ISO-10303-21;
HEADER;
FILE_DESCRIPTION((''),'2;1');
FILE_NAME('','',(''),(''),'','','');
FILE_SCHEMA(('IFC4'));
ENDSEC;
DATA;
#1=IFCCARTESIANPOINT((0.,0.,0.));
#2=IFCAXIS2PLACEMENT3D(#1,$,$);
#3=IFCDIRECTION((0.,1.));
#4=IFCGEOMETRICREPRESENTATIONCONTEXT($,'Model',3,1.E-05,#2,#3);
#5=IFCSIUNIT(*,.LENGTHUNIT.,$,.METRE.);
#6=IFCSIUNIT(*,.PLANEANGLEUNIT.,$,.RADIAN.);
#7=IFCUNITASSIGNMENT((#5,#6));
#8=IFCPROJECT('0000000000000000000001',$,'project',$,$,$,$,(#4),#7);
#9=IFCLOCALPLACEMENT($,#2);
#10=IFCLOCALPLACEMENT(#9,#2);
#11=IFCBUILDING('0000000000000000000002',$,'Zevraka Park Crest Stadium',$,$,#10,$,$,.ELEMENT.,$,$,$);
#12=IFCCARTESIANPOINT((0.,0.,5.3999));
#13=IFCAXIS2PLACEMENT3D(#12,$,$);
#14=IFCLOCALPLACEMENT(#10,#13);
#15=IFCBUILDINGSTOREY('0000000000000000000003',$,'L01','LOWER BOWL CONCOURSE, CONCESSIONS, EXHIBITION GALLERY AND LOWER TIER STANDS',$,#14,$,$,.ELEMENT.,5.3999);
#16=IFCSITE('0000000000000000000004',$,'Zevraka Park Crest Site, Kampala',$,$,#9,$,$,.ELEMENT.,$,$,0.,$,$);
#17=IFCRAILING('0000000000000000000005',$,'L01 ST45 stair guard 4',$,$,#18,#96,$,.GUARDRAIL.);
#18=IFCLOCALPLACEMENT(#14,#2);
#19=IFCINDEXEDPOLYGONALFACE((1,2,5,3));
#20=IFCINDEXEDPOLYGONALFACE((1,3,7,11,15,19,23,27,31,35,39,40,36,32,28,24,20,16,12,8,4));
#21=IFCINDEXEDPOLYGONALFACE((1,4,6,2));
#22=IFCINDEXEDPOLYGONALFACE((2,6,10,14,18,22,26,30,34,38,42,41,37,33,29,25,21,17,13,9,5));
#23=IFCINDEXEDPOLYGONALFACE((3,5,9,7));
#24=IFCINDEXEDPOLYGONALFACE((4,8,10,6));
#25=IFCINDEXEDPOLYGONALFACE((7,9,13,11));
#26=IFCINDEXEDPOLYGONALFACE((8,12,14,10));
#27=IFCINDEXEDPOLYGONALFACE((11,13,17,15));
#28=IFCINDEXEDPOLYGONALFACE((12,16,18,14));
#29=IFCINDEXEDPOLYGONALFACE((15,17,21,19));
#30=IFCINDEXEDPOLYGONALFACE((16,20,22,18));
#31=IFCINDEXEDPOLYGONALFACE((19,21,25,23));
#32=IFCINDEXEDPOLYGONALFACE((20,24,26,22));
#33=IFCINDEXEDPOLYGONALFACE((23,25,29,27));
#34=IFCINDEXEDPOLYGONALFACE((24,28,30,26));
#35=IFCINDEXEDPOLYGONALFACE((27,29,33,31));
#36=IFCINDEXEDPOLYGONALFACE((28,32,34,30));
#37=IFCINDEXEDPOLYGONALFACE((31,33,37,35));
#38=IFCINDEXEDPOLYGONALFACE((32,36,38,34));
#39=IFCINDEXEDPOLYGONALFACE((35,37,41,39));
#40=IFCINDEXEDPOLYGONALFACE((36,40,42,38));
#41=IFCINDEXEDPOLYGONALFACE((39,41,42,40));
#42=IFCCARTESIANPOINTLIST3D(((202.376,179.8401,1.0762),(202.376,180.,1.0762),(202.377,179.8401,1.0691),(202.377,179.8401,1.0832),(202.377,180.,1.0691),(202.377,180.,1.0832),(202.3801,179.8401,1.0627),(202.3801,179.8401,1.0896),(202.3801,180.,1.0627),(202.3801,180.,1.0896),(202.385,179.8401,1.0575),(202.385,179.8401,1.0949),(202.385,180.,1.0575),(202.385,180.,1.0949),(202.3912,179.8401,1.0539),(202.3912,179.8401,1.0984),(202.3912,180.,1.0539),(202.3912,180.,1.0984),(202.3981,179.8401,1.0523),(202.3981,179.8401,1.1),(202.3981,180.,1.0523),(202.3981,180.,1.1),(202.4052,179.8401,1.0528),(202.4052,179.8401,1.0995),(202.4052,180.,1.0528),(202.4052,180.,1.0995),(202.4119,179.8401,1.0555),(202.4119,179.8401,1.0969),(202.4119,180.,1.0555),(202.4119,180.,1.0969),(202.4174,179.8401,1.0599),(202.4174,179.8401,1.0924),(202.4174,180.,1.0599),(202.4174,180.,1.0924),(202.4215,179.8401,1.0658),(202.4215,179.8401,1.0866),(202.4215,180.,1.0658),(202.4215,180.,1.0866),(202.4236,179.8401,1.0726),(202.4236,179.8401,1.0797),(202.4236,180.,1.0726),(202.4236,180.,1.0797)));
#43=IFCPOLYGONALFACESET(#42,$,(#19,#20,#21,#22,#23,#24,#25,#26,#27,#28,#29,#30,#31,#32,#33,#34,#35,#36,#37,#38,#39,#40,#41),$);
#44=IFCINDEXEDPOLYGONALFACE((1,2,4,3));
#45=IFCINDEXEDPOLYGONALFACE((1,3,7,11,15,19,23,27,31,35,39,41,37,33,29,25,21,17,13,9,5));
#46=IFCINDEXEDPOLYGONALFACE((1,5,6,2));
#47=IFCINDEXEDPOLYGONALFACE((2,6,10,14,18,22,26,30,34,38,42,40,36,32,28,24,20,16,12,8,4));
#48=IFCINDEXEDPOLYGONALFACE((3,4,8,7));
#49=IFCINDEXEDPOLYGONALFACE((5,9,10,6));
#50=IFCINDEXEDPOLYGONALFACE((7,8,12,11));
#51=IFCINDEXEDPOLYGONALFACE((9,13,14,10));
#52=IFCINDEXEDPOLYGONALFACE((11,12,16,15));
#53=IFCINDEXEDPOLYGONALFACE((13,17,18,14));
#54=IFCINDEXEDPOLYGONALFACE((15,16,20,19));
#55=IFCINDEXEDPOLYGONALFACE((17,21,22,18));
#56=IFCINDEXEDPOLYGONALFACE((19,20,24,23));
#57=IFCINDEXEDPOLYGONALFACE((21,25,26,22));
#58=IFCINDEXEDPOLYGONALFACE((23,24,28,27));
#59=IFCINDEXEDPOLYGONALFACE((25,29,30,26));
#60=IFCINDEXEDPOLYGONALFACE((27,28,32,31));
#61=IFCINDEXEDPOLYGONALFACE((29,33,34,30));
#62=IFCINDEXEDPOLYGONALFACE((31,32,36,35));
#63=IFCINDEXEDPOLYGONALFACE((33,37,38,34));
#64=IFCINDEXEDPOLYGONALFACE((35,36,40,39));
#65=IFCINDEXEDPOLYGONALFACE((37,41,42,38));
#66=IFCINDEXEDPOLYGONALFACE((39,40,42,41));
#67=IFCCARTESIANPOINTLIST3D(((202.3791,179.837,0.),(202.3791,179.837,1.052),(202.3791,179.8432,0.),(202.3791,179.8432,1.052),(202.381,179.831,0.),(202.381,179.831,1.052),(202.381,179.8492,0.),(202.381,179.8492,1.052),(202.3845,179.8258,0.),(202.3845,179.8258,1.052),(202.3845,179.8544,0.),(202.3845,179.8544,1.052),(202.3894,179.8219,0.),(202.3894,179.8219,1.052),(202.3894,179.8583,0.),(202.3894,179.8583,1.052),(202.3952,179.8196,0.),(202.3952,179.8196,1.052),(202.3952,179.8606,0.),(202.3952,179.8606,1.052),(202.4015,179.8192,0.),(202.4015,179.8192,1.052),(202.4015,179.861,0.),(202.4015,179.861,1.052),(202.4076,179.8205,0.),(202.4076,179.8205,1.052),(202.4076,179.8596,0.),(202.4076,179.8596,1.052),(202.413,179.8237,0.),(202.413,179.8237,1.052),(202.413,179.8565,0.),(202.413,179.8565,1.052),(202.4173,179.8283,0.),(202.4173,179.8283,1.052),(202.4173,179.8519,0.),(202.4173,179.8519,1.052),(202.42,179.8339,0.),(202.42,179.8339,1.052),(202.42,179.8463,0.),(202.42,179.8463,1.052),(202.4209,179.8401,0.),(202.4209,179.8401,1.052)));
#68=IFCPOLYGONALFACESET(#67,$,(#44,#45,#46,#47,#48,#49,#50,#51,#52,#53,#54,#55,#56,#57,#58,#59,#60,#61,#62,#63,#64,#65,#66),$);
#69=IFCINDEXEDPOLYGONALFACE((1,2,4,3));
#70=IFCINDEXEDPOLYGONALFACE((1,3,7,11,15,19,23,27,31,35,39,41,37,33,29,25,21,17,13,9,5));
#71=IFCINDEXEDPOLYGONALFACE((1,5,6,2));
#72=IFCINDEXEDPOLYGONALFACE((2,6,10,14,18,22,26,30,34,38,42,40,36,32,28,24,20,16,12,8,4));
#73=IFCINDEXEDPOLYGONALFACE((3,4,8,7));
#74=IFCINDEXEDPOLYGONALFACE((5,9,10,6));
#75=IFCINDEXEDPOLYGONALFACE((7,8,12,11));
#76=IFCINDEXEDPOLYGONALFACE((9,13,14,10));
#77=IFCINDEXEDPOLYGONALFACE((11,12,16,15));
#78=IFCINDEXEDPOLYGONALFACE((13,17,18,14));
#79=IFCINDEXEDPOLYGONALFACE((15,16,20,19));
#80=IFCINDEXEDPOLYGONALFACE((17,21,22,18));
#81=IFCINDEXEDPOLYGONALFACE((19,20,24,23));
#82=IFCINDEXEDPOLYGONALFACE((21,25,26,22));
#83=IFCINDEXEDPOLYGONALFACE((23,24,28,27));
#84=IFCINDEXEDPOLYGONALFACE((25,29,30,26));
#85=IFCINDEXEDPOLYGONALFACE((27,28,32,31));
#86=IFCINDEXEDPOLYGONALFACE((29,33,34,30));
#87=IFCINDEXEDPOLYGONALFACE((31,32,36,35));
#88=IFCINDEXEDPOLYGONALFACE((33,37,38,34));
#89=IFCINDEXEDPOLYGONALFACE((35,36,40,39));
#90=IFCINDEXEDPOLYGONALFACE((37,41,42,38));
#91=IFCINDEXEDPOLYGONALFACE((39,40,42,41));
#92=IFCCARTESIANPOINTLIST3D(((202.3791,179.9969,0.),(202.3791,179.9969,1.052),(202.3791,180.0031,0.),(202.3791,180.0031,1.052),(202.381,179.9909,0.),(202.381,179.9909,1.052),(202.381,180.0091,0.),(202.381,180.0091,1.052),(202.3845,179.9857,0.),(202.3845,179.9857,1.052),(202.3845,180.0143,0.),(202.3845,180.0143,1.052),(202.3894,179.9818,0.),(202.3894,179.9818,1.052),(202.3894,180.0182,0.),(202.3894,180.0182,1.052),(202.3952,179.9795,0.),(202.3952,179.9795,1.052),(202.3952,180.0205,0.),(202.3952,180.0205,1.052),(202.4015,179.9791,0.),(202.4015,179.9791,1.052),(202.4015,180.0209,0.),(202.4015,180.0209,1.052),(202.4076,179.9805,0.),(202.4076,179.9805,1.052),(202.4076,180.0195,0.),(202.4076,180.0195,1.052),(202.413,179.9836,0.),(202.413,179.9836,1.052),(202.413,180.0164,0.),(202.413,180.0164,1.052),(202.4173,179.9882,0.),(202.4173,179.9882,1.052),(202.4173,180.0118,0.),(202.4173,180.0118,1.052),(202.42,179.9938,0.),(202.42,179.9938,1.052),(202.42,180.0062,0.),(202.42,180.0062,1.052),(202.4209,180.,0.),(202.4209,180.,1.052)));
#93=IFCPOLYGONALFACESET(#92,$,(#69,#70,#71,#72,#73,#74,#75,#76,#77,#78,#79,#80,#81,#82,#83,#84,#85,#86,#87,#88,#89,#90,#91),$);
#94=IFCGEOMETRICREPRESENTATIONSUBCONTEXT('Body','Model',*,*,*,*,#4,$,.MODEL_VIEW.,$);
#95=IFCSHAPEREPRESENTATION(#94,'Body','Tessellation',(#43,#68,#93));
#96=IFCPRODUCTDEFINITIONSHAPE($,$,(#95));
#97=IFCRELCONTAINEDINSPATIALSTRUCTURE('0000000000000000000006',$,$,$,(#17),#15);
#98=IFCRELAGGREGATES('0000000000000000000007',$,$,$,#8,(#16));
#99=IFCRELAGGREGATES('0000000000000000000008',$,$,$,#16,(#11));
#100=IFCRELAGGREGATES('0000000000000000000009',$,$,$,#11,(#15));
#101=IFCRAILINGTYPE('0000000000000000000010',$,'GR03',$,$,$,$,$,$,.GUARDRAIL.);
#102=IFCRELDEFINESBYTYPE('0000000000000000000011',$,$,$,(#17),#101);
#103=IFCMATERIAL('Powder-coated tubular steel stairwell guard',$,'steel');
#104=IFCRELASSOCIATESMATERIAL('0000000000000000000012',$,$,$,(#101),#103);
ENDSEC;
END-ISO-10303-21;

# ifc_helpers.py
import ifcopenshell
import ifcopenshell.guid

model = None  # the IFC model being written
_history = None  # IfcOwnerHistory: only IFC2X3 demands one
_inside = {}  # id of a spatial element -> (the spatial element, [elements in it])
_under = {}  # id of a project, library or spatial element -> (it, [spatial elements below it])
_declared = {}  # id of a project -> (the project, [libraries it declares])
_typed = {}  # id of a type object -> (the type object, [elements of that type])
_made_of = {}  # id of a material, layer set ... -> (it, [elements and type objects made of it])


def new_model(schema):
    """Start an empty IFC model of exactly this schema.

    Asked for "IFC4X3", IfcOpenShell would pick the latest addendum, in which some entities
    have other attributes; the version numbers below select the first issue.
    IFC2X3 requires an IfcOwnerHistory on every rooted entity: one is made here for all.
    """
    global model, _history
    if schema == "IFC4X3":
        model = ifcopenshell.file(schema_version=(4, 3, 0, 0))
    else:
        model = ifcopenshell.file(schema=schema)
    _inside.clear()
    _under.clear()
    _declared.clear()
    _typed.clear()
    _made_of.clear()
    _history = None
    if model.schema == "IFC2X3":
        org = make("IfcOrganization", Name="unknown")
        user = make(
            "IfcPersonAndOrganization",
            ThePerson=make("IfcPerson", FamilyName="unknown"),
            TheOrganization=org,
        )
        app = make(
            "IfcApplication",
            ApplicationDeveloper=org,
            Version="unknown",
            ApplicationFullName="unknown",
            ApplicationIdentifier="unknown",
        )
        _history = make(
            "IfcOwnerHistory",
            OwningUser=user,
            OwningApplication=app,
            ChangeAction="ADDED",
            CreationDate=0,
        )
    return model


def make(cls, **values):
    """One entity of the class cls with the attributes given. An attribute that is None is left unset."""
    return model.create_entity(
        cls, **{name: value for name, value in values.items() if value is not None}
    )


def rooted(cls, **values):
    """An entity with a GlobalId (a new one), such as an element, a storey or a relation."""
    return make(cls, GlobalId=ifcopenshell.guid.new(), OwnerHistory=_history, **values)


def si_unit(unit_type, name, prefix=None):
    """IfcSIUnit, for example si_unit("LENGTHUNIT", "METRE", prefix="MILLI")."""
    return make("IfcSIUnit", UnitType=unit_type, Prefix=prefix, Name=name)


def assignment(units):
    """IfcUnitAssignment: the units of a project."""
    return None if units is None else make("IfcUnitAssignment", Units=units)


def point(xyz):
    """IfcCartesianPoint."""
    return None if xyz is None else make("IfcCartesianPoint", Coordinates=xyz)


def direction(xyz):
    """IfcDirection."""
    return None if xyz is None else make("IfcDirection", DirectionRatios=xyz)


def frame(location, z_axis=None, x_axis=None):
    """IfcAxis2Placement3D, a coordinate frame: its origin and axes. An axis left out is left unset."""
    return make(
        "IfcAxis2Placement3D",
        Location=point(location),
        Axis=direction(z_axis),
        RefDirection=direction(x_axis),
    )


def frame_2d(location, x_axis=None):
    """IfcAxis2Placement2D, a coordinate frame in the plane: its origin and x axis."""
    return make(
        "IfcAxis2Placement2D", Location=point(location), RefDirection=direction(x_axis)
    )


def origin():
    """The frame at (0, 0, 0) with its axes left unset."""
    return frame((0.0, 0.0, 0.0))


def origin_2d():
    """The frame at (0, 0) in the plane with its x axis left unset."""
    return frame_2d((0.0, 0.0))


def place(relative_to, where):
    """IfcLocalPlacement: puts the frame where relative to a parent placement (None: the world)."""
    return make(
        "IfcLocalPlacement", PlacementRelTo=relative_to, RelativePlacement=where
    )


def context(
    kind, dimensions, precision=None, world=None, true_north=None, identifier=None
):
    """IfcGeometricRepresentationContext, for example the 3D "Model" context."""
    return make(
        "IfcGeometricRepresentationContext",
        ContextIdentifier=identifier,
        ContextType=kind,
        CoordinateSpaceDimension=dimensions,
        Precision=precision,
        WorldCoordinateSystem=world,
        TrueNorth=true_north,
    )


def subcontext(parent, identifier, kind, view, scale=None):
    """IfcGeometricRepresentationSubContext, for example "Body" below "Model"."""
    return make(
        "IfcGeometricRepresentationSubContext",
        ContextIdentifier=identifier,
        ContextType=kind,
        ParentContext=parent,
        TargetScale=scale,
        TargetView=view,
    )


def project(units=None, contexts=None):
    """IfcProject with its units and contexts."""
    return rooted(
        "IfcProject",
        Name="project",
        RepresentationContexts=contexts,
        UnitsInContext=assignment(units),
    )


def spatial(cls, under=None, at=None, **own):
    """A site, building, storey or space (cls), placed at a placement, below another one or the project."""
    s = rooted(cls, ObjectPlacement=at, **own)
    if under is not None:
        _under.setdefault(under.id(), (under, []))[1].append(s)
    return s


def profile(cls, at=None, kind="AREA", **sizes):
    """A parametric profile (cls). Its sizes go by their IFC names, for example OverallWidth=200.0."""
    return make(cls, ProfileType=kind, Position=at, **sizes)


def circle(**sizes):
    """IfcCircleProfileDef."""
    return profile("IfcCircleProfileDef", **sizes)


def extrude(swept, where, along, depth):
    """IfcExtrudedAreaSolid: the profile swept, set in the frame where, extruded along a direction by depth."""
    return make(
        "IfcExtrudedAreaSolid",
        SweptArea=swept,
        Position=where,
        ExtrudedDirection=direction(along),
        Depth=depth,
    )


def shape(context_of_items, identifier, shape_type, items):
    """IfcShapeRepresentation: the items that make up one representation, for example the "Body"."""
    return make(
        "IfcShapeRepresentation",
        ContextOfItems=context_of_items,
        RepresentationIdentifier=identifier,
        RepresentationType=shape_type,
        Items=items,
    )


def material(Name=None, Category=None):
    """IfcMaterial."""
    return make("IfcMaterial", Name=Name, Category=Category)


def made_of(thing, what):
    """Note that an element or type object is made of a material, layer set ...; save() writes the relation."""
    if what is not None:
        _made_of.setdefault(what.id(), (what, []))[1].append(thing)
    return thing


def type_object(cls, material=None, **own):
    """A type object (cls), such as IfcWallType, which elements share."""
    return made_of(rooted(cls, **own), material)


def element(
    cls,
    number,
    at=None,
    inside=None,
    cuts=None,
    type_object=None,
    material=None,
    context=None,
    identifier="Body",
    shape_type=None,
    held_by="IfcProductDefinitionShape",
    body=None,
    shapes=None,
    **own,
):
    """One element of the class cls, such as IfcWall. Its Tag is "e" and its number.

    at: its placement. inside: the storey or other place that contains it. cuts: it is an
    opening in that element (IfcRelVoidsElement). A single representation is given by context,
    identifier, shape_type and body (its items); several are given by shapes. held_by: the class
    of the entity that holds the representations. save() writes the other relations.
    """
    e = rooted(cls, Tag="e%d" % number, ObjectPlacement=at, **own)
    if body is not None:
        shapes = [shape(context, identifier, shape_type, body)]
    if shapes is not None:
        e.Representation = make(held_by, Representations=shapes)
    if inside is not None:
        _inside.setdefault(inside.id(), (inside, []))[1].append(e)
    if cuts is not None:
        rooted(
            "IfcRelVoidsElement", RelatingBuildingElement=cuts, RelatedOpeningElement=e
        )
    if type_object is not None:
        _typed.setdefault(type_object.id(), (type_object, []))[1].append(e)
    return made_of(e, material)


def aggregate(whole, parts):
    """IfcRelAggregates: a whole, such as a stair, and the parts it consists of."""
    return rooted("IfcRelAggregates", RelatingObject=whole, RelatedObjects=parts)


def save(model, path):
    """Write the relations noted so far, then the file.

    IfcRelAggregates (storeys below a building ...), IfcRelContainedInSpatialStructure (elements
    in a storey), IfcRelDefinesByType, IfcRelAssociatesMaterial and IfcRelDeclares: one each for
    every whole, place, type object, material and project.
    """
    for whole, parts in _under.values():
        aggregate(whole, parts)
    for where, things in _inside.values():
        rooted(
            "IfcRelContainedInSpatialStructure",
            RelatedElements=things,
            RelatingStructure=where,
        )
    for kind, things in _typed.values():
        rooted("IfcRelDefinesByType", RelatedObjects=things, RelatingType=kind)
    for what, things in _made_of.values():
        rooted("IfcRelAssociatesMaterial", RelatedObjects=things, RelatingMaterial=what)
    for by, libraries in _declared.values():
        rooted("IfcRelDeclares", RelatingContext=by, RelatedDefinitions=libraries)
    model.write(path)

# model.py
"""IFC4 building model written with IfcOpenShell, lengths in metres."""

from ifc_helpers import new_model, si_unit, direction, frame, origin, origin_2d, place, context, subcontext, project, spatial, circle, extrude, material, type_object, element, save


model = new_model("IFC4")

# Units and contexts
model_context = context("Model", 3, precision=1e-05, world=origin(), true_north=direction((0.0, 1.0)))
body_context = subcontext(model_context, "Body", "Model", "MODEL_VIEW")
ifc_project = project(units=[si_unit("LENGTHUNIT", "METRE"), si_unit("PLANEANGLEUNIT", "RADIAN")], contexts=[model_context])

# Site, building, storey
site_placement = place(None, origin())
site = spatial("IfcSite", under=ifc_project, at=site_placement, Name="Zevraka Park Crest Site, Kampala", CompositionType="ELEMENT", RefElevation=0.0)
building_placement = place(site_placement, origin())
building = spatial("IfcBuilding", under=site, at=building_placement, Name="Zevraka Park Crest Stadium", CompositionType="ELEMENT")
storey_placement = place(building_placement, frame((0.0, 0.0, 5.3999)))
storey = spatial("IfcBuildingStorey", under=building, at=storey_placement, Name="L01", Description="LOWER BOWL CONCOURSE, CONCESSIONS, EXHIBITION GALLERY AND LOWER TIER STANDS", CompositionType="ELEMENT", Elevation=5.3999)

# Railing
ifc_material_1 = material(Name="Powder-coated tubular steel stairwell guard", Category="steel")
railing_type_1 = type_object("IfcRailingType", Name="GR03", PredefinedType="GUARDRAIL", material=ifc_material_1)
railing_1_placement = place(storey_placement, frame((202.3999, 179.8401, 0.0)))
element("IfcRailing", 1, at=railing_1_placement, inside=storey, type_object=railing_type_1, Name="L01 ST45 stair guard 4", PredefinedType="GUARDRAIL", context=body_context, shape_type="SweptSolid", body=[
    extrude(circle(Radius=0.0239, at=origin_2d()), frame((0.0, 0.0, 1.0762), z_axis=(0.0, 1.0, 0.0), x_axis=(-1.0, 0.0, 0.0)), (0.0, 0.0, 1.0), 0.1599),
    extrude(circle(Radius=0.021, at=origin_2d()), origin(), (0.0, 0.0, 1.0), 1.052),
    extrude(circle(Radius=0.021, at=origin_2d()), frame((0.0, 0.1599, 0.0)), (0.0, 0.0, 1.0), 1.052),
])

save(model, "model.ifc")
